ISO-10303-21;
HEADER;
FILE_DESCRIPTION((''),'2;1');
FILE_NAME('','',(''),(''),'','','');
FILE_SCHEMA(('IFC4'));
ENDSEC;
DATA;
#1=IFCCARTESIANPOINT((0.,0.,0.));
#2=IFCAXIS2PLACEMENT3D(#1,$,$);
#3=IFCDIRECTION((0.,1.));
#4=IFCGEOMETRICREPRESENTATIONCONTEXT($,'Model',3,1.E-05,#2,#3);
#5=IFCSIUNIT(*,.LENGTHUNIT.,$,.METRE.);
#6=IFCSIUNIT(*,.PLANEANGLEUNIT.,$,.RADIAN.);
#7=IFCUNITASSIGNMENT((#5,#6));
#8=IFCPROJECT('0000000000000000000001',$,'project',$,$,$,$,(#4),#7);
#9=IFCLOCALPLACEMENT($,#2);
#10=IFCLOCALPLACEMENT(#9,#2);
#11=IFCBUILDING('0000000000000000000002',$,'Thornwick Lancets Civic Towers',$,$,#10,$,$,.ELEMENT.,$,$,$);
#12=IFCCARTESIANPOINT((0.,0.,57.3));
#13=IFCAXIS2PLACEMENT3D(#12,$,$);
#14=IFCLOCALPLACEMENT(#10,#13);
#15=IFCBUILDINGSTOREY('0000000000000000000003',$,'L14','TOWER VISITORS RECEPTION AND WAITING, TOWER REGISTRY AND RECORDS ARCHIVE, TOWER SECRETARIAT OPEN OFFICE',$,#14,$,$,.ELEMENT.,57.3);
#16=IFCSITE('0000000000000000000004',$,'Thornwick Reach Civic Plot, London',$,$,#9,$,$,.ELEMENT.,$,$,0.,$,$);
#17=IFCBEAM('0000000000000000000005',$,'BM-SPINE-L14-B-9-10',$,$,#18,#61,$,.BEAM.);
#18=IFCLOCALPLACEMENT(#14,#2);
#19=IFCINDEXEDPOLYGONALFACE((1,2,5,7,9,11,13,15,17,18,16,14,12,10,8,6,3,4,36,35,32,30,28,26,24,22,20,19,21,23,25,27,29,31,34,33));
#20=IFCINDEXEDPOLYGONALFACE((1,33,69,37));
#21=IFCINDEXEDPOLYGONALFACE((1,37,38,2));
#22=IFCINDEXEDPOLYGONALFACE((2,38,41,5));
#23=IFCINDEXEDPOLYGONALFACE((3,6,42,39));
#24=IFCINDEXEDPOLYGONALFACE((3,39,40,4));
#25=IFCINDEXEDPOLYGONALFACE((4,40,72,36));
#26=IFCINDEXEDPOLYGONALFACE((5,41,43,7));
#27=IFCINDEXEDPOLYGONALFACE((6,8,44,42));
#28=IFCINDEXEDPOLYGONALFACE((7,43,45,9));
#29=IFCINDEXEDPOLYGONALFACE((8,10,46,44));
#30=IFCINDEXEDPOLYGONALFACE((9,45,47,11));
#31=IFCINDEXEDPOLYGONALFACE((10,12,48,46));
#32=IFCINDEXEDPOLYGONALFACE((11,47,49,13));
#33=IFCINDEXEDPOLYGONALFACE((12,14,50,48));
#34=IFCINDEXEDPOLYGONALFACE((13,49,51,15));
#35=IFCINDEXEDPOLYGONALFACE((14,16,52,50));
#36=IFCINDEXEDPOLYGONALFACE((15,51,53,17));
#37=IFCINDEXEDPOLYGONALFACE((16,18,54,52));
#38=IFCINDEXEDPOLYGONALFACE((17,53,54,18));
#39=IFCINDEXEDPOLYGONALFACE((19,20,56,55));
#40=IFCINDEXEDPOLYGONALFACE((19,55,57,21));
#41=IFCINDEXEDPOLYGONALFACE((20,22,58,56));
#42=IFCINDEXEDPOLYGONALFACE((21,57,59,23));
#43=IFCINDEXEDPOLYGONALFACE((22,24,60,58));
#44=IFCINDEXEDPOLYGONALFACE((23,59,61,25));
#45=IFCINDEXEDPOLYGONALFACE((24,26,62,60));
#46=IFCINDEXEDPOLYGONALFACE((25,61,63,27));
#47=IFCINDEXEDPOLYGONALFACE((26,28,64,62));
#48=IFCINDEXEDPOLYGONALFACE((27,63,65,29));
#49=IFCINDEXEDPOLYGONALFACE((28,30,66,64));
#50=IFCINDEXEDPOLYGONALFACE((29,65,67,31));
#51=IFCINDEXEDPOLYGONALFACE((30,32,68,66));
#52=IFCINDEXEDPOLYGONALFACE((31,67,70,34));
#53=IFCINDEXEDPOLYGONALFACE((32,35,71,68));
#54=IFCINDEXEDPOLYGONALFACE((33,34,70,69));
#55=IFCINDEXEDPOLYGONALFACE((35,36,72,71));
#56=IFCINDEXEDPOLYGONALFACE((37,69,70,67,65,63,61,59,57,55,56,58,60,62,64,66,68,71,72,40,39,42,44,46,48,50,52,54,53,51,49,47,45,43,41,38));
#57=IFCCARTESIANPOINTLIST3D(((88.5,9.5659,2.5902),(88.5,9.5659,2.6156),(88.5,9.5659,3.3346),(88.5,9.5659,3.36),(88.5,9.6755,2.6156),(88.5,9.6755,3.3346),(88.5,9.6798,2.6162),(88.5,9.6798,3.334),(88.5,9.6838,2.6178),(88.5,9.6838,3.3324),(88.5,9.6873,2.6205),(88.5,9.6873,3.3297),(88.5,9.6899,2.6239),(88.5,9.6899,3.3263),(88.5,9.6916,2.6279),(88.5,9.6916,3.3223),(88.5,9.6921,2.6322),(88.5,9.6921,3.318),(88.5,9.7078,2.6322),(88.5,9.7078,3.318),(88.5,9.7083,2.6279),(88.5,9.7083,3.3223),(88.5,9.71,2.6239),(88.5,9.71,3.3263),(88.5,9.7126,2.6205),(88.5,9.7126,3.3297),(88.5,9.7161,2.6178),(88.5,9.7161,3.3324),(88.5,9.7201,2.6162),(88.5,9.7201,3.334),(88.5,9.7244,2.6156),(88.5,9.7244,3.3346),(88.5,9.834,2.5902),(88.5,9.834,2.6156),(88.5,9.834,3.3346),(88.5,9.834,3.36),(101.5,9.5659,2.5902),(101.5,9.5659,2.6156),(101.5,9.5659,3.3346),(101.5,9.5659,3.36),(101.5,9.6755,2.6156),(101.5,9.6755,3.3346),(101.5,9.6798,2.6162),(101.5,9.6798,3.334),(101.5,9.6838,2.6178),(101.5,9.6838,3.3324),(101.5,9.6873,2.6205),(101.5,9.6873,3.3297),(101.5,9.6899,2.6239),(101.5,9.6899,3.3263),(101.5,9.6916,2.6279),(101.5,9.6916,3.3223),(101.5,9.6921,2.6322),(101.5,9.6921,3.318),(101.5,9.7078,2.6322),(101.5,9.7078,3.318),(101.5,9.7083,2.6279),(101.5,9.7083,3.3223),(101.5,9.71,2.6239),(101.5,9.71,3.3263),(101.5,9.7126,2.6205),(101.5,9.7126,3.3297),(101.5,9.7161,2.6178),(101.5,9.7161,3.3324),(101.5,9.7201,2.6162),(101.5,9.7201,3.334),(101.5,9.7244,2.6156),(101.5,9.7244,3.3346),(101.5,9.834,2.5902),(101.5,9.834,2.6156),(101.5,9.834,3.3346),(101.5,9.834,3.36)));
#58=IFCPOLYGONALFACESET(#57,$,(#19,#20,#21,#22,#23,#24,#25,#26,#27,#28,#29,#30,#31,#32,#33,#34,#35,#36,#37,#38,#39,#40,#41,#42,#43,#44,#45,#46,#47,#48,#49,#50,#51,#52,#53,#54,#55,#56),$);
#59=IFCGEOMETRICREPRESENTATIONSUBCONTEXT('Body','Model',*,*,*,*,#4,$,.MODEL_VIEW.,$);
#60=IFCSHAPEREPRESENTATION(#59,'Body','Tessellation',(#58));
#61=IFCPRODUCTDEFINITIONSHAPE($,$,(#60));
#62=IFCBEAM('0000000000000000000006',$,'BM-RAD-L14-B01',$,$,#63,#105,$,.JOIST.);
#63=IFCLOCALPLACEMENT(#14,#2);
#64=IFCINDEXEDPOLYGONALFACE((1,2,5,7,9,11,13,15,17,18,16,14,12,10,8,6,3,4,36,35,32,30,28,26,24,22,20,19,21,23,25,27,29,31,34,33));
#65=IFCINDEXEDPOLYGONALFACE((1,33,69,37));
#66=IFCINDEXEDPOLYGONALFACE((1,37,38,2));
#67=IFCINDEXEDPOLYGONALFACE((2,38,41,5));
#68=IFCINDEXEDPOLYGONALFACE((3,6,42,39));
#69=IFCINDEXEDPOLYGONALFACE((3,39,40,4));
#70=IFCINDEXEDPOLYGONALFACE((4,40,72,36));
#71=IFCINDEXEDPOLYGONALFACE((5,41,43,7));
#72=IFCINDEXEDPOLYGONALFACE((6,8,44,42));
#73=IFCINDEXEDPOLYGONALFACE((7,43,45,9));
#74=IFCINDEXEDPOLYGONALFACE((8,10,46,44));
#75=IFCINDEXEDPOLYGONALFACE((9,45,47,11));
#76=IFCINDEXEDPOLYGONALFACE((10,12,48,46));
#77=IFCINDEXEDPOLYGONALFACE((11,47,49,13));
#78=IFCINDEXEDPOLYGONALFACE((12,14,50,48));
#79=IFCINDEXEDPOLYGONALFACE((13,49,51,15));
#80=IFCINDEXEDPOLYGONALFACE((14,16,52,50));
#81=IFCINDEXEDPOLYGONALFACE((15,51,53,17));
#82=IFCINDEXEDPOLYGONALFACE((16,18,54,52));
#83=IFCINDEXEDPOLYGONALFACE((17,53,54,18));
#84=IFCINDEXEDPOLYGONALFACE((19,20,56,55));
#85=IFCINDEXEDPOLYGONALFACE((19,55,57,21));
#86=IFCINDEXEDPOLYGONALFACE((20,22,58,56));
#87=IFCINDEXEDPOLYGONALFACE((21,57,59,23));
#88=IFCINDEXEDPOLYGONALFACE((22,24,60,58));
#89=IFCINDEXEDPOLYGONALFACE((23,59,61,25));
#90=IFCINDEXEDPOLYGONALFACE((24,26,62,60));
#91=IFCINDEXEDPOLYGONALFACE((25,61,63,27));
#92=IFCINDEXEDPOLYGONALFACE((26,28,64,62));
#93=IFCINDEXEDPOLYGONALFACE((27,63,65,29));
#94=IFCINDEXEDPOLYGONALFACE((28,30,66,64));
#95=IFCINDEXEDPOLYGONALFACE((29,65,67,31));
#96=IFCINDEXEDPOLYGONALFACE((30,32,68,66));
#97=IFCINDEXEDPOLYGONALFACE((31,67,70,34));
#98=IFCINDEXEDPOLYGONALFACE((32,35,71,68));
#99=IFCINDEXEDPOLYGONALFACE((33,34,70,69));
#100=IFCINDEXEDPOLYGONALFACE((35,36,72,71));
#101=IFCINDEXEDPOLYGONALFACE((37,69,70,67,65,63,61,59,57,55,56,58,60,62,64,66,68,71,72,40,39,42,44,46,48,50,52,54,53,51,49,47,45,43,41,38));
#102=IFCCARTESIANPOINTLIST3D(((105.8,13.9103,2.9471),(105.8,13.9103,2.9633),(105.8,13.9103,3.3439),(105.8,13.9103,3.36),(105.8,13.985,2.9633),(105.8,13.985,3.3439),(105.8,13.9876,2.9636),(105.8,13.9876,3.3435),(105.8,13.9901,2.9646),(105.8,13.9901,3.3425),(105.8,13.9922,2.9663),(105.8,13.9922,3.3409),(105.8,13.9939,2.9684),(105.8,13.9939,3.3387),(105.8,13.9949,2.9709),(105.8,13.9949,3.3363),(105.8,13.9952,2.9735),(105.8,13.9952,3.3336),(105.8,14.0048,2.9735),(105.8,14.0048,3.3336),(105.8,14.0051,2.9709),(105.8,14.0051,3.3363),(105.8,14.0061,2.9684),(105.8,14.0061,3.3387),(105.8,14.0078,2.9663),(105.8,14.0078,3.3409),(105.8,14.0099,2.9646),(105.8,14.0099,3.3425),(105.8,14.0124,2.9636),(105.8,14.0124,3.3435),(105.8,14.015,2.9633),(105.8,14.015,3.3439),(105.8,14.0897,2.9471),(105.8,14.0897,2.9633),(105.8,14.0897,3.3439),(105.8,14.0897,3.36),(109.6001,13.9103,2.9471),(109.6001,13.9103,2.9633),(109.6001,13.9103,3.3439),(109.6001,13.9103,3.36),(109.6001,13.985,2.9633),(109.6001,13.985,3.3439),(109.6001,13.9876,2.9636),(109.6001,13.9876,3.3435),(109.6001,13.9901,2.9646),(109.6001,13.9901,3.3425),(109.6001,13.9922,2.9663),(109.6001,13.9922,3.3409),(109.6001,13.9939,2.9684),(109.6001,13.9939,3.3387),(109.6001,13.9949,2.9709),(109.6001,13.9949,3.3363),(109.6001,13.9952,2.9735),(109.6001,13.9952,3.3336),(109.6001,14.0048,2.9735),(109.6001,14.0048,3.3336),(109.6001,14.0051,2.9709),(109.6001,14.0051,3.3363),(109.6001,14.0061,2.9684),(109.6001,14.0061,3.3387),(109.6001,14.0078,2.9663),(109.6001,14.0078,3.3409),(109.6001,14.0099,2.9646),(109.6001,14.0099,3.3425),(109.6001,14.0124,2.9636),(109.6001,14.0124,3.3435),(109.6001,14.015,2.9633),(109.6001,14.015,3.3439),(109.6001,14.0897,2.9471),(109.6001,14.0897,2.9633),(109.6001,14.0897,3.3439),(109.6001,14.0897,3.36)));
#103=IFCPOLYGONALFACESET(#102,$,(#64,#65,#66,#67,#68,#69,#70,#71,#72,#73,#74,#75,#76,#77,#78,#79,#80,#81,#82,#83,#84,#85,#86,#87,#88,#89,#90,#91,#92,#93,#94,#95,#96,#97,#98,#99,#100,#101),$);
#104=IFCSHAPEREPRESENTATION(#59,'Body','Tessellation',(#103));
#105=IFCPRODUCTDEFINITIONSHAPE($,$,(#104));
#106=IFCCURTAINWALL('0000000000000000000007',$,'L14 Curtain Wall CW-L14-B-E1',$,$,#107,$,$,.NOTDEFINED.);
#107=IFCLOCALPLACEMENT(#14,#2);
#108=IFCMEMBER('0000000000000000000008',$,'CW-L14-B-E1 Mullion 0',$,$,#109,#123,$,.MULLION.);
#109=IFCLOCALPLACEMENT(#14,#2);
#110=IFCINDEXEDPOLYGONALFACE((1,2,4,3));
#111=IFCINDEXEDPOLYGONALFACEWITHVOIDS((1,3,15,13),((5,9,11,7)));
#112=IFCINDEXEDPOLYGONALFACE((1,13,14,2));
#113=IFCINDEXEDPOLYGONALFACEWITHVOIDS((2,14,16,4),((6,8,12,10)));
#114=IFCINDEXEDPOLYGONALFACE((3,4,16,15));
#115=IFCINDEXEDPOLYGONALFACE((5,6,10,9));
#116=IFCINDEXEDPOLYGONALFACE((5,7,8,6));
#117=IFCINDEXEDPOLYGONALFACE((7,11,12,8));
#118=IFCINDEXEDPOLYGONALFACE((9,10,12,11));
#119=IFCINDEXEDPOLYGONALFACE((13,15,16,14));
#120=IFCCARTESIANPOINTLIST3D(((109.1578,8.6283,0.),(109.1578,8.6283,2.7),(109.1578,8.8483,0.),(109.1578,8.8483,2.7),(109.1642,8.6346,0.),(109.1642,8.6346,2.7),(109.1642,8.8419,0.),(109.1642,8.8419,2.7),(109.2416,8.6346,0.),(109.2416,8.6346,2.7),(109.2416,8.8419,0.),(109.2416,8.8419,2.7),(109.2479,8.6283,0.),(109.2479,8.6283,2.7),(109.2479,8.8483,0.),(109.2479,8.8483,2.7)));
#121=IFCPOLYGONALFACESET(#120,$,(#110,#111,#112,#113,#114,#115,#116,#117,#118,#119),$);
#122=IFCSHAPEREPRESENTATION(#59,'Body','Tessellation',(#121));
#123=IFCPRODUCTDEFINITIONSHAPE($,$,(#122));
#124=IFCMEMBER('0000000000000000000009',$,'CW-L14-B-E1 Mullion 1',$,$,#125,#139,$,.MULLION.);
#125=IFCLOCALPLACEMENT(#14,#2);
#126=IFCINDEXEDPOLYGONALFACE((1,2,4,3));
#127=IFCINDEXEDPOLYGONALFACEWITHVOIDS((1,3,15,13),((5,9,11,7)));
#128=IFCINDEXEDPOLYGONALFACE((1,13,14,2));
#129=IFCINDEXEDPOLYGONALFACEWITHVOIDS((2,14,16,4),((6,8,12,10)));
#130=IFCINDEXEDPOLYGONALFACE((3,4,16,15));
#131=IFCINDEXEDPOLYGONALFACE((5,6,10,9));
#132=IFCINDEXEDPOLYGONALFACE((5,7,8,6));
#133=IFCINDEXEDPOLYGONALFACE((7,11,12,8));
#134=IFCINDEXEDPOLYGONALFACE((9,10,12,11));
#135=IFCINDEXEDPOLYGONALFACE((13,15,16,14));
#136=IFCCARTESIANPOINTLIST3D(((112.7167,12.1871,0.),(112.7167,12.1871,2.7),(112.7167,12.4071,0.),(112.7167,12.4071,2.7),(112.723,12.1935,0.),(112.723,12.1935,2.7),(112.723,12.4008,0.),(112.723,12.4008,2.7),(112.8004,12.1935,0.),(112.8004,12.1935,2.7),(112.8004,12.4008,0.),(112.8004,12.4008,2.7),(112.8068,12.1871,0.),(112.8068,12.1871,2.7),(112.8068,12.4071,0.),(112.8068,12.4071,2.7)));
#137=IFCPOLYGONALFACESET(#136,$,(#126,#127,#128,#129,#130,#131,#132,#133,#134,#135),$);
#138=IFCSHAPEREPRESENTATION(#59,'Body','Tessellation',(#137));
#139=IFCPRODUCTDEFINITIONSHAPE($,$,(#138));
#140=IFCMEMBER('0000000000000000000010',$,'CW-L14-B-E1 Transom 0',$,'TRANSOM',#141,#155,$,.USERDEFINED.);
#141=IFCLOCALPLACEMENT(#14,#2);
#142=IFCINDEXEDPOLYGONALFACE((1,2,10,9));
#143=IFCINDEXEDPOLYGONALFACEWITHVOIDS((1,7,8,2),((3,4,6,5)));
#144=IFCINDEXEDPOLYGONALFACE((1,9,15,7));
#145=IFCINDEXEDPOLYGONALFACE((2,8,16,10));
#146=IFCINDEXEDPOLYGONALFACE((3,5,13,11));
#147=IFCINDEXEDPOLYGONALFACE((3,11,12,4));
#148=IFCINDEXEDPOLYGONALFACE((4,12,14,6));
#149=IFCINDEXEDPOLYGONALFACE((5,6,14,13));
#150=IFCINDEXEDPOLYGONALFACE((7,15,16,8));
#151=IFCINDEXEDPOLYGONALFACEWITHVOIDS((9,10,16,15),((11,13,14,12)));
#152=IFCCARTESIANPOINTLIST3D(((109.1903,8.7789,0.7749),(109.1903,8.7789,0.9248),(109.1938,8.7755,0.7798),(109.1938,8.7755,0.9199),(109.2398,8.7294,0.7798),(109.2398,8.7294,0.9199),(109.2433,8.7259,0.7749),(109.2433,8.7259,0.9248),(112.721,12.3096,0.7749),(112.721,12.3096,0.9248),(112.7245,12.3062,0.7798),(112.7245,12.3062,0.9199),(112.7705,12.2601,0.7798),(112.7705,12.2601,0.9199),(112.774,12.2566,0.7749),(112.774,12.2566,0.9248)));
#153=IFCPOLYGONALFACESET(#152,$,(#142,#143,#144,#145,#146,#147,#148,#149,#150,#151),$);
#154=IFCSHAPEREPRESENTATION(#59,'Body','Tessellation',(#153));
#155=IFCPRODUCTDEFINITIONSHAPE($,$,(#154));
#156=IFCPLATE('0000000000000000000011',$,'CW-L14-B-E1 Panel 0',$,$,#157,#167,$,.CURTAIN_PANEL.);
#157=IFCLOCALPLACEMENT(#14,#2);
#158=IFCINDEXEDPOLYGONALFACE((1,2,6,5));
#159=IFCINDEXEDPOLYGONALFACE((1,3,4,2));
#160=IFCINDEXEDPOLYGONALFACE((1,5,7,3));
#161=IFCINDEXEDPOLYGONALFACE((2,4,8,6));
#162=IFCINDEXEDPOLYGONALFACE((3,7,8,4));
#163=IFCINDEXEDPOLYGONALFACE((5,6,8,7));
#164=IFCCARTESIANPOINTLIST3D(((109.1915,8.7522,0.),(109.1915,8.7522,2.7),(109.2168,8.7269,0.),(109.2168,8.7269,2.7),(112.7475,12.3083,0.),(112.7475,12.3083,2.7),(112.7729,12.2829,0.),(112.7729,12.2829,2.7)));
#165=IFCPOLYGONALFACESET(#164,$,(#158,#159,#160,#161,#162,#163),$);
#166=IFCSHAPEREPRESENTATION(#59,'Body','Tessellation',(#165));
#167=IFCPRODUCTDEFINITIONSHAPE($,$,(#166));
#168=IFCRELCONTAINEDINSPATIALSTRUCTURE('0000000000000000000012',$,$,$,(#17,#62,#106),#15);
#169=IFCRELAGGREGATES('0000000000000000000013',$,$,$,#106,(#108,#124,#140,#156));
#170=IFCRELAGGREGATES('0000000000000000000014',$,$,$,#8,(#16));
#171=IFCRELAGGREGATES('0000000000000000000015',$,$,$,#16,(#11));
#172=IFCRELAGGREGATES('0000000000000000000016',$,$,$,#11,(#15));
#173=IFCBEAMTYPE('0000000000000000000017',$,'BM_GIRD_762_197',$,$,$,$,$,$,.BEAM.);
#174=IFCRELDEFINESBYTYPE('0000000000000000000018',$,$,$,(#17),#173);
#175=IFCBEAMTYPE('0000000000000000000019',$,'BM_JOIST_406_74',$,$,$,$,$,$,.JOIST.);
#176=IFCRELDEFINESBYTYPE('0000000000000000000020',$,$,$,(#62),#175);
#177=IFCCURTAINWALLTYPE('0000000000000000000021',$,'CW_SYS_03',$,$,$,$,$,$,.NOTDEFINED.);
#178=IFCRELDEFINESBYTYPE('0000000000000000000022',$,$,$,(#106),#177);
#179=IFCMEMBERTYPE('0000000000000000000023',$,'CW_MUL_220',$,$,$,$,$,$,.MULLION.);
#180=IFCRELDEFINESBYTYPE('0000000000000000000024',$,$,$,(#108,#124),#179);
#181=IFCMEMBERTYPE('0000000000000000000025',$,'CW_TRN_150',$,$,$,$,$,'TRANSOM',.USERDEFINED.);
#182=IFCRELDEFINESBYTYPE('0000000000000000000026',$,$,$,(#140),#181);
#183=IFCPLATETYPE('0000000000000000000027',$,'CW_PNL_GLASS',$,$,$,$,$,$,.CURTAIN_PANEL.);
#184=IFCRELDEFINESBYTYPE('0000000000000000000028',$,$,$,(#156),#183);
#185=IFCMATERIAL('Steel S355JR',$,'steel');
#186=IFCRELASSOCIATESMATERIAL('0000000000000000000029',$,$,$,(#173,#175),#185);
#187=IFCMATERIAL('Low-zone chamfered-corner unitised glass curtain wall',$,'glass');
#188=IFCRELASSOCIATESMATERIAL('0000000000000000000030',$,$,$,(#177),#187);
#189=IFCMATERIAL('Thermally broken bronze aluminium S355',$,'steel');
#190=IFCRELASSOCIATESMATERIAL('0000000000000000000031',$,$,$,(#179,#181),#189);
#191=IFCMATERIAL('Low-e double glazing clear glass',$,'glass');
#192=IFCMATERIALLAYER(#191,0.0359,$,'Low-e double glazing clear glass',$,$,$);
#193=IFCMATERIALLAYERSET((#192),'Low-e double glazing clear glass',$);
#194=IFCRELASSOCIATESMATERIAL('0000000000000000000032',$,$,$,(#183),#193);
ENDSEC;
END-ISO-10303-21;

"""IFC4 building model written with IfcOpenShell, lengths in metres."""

from ifc_helpers import new_model, si_unit, direction, frame, origin, origin_2d, place, context, subcontext, project, spatial, rectangle, hollow_rectangle, i_section, extrude, material, layer, layer_set, material_profile, profile_set, type_object, element, aggregate, save


model = new_model("IFC4")

# Units and contexts
model_context = context("Model", 3, precision=1e-05, world=origin(), true_north=direction((0.0, 1.0)))
body_context = subcontext(model_context, "Body", "Model", "MODEL_VIEW")
ifc_project = project(units=[si_unit("LENGTHUNIT", "METRE"), si_unit("PLANEANGLEUNIT", "RADIAN")], contexts=[model_context])

# Site, building, storey
site_placement = place(None, origin())
site = spatial("IfcSite", under=ifc_project, at=site_placement, Name="Thornwick Reach Civic Plot, London", CompositionType="ELEMENT", RefElevation=0.0)
building_placement = place(site_placement, origin())
building = spatial("IfcBuilding", under=site, at=building_placement, Name="Thornwick Lancets Civic Towers", CompositionType="ELEMENT")
storey_placement = place(building_placement, frame((0.0, 0.0, 57.3)))
storey = spatial("IfcBuildingStorey", under=building, at=storey_placement, Name="L14", Description="TOWER VISITORS RECEPTION AND WAITING, TOWER REGISTRY AND RECORDS ARCHIVE, TOWER SECRETARIAT OPEN OFFICE", CompositionType="ELEMENT", Elevation=57.3)

# Beams
ifc_material_1 = material(Name="Steel S355JR", Category="steel")
ifc_material_profile_1 = material_profile(ifc_material_1, i_section(OverallWidth=0.2681, OverallDepth=0.7698, WebThickness=0.0156, FlangeThickness=0.0254, FilletRadius=0.0166, at=origin_2d()), Name="UKB 762x267x197")
ifc_profile_set_1 = profile_set([ifc_material_profile_1], Name="Steel S355JR")
beam_type_1 = type_object("IfcBeamType", Name="BM_GIRD_762_197", PredefinedType="BEAM", material=ifc_profile_set_1)
for number, where, z_axis, x_axis, name in (
    (1, (101.5, 9.7, 2.9751), (-1.0, 0.0, 0.0), (0.0, -1.0, 0.0), "BM-SPINE-L14-B-9-10"),
):
    element("IfcBeam", number, at=place(storey_placement, frame(where, z_axis=z_axis, x_axis=x_axis)), inside=storey, type_object=beam_type_1, Name=name, PredefinedType="BEAM", context=body_context, shape_type="SweptSolid", body=[
        extrude(i_section(OverallWidth=0.2681, OverallDepth=0.7698, WebThickness=0.0156, FlangeThickness=0.0254, FilletRadius=0.0166, at=origin_2d()), origin(), (0.0, 0.0, 1.0), 13.0),
    ])
ifc_material_profile_2 = material_profile(ifc_material_1, i_section(OverallWidth=0.1794, OverallDepth=0.4128, WebThickness=0.0095, FlangeThickness=0.0161, FilletRadius=0.0103, at=origin_2d()), Name="UKB 406x178x74")
ifc_profile_set_2 = profile_set([ifc_material_profile_2], Name="Steel S355JR")
beam_type_2 = type_object("IfcBeamType", Name="BM_JOIST_406_74", PredefinedType="JOIST", material=ifc_profile_set_2)
beam_1_placement = place(storey_placement, frame((105.8, 14.0, 3.1536), z_axis=(1.0, 0.0, 0.0), x_axis=(0.0, 1.0, 0.0)))
element("IfcBeam", 2, at=beam_1_placement, inside=storey, type_object=beam_type_2, Name="BM-RAD-L14-B01", PredefinedType="JOIST", context=body_context, shape_type="SweptSolid", body=[
    extrude(i_section(OverallWidth=0.1794, OverallDepth=0.4128, WebThickness=0.0095, FlangeThickness=0.0161, FilletRadius=0.0103, at=origin_2d()), origin(), (0.0, 0.0, 1.0), 3.8),
])

# Curtain wall, members, plate
ifc_material_2 = material(Name="Low-zone chamfered-corner unitised glass curtain wall", Category="glass")
curtain_wall_type = type_object("IfcCurtainWallType", Name="CW_SYS_03", PredefinedType="NOTDEFINED", material=ifc_material_2)
curtain_wall_placement = place(storey_placement, origin())
curtain_wall = element("IfcCurtainWall", 3, at=curtain_wall_placement, inside=storey, type_object=curtain_wall_type, Name="L14 Curtain Wall CW-L14-B-E1", PredefinedType="NOTDEFINED")
ifc_material_3 = material(Name="Thermally broken bronze aluminium S355", Category="steel")
ifc_material_profile_3 = material_profile(ifc_material_3, hollow_rectangle(XDim=0.0901, YDim=0.22, WallThickness=0.0063, at=origin_2d()), Name="RHS 220x90x6.3")
ifc_profile_set_3 = profile_set([ifc_material_profile_3], Name="Thermally broken bronze aluminium S355")
member_type_1 = type_object("IfcMemberType", Name="CW_MUL_220", PredefinedType="MULLION", material=ifc_profile_set_3)
member_1_placement = place(storey_placement, frame((109.2029, 8.7383, 0.0), z_axis=(0.0, 0.0, 1.0), x_axis=(1.0, 0.0, 0.0)))
member_1 = element("IfcMember", 4, at=member_1_placement, type_object=member_type_1, Name="CW-L14-B-E1 Mullion 0", PredefinedType="MULLION", context=body_context, shape_type="SweptSolid", body=[
    extrude(hollow_rectangle(XDim=0.0901, YDim=0.22, WallThickness=0.0063, at=origin_2d()), origin(), (0.0, 0.0, 1.0), 2.7),
])
member_2_placement = place(storey_placement, frame((112.7617, 12.2971, 0.0), z_axis=(0.0, 0.0, 1.0), x_axis=(1.0, 0.0, 0.0)))
member_2 = element("IfcMember", 5, at=member_2_placement, type_object=member_type_1, Name="CW-L14-B-E1 Mullion 1", PredefinedType="MULLION", context=body_context, shape_type="SweptSolid", body=[
    extrude(hollow_rectangle(XDim=0.0901, YDim=0.22, WallThickness=0.0063, at=origin_2d()), origin(), (0.0, 0.0, 1.0), 2.7),
])
ifc_material_profile_4 = material_profile(ifc_material_3, hollow_rectangle(XDim=0.075, YDim=0.1499, WallThickness=0.0049, at=origin_2d()), Name="RHS 150x75x5")
ifc_profile_set_4 = profile_set([ifc_material_profile_4], Name="Thermally broken bronze aluminium S355")
member_type_2 = type_object("IfcMemberType", Name="CW_TRN_150", ElementType="TRANSOM", PredefinedType="USERDEFINED", material=ifc_profile_set_4)
member_3_placement = place(storey_placement, frame((109.2168, 8.7524, 0.8499), z_axis=(0.707107, 0.707107, 0.0), x_axis=(-0.707107, 0.707107, 0.0)))
member_3 = element("IfcMember", 6, at=member_3_placement, type_object=member_type_2, Name="CW-L14-B-E1 Transom 0", ObjectType="TRANSOM", PredefinedType="USERDEFINED", context=body_context, shape_type="SweptSolid", body=[
    extrude(hollow_rectangle(XDim=0.075, YDim=0.1499, WallThickness=0.0049, at=origin_2d()), origin(), (0.0, 0.0, 1.0), 4.9932),
])
ifc_material_4 = material(Name="Low-e double glazing clear glass", Category="glass")
ifc_layer_1 = layer(ifc_material_4, 0.0359, Name="Low-e double glazing clear glass")
ifc_layer_set_1 = layer_set([ifc_layer_1], Name="Low-e double glazing clear glass")
plate_type = type_object("IfcPlateType", Name="CW_PNL_GLASS", PredefinedType="CURTAIN_PANEL", material=ifc_layer_set_1)
plate_placement = place(storey_placement, frame((110.9822, 10.5176, 0.0), z_axis=(0.0, 0.0, 1.0), x_axis=(0.707107, 0.707107, 0.0)))
plate = element("IfcPlate", 7, at=plate_placement, type_object=plate_type, Name="CW-L14-B-E1 Panel 0", PredefinedType="CURTAIN_PANEL", context=body_context, shape_type="SweptSolid", body=[
    extrude(rectangle(XDim=5.0291, YDim=0.0359, at=origin_2d()), origin(), (0.0, 0.0, 1.0), 2.7),
])
aggregate(curtain_wall, [member_1, member_2, member_3, plate])

save(model, "model.ifc")
